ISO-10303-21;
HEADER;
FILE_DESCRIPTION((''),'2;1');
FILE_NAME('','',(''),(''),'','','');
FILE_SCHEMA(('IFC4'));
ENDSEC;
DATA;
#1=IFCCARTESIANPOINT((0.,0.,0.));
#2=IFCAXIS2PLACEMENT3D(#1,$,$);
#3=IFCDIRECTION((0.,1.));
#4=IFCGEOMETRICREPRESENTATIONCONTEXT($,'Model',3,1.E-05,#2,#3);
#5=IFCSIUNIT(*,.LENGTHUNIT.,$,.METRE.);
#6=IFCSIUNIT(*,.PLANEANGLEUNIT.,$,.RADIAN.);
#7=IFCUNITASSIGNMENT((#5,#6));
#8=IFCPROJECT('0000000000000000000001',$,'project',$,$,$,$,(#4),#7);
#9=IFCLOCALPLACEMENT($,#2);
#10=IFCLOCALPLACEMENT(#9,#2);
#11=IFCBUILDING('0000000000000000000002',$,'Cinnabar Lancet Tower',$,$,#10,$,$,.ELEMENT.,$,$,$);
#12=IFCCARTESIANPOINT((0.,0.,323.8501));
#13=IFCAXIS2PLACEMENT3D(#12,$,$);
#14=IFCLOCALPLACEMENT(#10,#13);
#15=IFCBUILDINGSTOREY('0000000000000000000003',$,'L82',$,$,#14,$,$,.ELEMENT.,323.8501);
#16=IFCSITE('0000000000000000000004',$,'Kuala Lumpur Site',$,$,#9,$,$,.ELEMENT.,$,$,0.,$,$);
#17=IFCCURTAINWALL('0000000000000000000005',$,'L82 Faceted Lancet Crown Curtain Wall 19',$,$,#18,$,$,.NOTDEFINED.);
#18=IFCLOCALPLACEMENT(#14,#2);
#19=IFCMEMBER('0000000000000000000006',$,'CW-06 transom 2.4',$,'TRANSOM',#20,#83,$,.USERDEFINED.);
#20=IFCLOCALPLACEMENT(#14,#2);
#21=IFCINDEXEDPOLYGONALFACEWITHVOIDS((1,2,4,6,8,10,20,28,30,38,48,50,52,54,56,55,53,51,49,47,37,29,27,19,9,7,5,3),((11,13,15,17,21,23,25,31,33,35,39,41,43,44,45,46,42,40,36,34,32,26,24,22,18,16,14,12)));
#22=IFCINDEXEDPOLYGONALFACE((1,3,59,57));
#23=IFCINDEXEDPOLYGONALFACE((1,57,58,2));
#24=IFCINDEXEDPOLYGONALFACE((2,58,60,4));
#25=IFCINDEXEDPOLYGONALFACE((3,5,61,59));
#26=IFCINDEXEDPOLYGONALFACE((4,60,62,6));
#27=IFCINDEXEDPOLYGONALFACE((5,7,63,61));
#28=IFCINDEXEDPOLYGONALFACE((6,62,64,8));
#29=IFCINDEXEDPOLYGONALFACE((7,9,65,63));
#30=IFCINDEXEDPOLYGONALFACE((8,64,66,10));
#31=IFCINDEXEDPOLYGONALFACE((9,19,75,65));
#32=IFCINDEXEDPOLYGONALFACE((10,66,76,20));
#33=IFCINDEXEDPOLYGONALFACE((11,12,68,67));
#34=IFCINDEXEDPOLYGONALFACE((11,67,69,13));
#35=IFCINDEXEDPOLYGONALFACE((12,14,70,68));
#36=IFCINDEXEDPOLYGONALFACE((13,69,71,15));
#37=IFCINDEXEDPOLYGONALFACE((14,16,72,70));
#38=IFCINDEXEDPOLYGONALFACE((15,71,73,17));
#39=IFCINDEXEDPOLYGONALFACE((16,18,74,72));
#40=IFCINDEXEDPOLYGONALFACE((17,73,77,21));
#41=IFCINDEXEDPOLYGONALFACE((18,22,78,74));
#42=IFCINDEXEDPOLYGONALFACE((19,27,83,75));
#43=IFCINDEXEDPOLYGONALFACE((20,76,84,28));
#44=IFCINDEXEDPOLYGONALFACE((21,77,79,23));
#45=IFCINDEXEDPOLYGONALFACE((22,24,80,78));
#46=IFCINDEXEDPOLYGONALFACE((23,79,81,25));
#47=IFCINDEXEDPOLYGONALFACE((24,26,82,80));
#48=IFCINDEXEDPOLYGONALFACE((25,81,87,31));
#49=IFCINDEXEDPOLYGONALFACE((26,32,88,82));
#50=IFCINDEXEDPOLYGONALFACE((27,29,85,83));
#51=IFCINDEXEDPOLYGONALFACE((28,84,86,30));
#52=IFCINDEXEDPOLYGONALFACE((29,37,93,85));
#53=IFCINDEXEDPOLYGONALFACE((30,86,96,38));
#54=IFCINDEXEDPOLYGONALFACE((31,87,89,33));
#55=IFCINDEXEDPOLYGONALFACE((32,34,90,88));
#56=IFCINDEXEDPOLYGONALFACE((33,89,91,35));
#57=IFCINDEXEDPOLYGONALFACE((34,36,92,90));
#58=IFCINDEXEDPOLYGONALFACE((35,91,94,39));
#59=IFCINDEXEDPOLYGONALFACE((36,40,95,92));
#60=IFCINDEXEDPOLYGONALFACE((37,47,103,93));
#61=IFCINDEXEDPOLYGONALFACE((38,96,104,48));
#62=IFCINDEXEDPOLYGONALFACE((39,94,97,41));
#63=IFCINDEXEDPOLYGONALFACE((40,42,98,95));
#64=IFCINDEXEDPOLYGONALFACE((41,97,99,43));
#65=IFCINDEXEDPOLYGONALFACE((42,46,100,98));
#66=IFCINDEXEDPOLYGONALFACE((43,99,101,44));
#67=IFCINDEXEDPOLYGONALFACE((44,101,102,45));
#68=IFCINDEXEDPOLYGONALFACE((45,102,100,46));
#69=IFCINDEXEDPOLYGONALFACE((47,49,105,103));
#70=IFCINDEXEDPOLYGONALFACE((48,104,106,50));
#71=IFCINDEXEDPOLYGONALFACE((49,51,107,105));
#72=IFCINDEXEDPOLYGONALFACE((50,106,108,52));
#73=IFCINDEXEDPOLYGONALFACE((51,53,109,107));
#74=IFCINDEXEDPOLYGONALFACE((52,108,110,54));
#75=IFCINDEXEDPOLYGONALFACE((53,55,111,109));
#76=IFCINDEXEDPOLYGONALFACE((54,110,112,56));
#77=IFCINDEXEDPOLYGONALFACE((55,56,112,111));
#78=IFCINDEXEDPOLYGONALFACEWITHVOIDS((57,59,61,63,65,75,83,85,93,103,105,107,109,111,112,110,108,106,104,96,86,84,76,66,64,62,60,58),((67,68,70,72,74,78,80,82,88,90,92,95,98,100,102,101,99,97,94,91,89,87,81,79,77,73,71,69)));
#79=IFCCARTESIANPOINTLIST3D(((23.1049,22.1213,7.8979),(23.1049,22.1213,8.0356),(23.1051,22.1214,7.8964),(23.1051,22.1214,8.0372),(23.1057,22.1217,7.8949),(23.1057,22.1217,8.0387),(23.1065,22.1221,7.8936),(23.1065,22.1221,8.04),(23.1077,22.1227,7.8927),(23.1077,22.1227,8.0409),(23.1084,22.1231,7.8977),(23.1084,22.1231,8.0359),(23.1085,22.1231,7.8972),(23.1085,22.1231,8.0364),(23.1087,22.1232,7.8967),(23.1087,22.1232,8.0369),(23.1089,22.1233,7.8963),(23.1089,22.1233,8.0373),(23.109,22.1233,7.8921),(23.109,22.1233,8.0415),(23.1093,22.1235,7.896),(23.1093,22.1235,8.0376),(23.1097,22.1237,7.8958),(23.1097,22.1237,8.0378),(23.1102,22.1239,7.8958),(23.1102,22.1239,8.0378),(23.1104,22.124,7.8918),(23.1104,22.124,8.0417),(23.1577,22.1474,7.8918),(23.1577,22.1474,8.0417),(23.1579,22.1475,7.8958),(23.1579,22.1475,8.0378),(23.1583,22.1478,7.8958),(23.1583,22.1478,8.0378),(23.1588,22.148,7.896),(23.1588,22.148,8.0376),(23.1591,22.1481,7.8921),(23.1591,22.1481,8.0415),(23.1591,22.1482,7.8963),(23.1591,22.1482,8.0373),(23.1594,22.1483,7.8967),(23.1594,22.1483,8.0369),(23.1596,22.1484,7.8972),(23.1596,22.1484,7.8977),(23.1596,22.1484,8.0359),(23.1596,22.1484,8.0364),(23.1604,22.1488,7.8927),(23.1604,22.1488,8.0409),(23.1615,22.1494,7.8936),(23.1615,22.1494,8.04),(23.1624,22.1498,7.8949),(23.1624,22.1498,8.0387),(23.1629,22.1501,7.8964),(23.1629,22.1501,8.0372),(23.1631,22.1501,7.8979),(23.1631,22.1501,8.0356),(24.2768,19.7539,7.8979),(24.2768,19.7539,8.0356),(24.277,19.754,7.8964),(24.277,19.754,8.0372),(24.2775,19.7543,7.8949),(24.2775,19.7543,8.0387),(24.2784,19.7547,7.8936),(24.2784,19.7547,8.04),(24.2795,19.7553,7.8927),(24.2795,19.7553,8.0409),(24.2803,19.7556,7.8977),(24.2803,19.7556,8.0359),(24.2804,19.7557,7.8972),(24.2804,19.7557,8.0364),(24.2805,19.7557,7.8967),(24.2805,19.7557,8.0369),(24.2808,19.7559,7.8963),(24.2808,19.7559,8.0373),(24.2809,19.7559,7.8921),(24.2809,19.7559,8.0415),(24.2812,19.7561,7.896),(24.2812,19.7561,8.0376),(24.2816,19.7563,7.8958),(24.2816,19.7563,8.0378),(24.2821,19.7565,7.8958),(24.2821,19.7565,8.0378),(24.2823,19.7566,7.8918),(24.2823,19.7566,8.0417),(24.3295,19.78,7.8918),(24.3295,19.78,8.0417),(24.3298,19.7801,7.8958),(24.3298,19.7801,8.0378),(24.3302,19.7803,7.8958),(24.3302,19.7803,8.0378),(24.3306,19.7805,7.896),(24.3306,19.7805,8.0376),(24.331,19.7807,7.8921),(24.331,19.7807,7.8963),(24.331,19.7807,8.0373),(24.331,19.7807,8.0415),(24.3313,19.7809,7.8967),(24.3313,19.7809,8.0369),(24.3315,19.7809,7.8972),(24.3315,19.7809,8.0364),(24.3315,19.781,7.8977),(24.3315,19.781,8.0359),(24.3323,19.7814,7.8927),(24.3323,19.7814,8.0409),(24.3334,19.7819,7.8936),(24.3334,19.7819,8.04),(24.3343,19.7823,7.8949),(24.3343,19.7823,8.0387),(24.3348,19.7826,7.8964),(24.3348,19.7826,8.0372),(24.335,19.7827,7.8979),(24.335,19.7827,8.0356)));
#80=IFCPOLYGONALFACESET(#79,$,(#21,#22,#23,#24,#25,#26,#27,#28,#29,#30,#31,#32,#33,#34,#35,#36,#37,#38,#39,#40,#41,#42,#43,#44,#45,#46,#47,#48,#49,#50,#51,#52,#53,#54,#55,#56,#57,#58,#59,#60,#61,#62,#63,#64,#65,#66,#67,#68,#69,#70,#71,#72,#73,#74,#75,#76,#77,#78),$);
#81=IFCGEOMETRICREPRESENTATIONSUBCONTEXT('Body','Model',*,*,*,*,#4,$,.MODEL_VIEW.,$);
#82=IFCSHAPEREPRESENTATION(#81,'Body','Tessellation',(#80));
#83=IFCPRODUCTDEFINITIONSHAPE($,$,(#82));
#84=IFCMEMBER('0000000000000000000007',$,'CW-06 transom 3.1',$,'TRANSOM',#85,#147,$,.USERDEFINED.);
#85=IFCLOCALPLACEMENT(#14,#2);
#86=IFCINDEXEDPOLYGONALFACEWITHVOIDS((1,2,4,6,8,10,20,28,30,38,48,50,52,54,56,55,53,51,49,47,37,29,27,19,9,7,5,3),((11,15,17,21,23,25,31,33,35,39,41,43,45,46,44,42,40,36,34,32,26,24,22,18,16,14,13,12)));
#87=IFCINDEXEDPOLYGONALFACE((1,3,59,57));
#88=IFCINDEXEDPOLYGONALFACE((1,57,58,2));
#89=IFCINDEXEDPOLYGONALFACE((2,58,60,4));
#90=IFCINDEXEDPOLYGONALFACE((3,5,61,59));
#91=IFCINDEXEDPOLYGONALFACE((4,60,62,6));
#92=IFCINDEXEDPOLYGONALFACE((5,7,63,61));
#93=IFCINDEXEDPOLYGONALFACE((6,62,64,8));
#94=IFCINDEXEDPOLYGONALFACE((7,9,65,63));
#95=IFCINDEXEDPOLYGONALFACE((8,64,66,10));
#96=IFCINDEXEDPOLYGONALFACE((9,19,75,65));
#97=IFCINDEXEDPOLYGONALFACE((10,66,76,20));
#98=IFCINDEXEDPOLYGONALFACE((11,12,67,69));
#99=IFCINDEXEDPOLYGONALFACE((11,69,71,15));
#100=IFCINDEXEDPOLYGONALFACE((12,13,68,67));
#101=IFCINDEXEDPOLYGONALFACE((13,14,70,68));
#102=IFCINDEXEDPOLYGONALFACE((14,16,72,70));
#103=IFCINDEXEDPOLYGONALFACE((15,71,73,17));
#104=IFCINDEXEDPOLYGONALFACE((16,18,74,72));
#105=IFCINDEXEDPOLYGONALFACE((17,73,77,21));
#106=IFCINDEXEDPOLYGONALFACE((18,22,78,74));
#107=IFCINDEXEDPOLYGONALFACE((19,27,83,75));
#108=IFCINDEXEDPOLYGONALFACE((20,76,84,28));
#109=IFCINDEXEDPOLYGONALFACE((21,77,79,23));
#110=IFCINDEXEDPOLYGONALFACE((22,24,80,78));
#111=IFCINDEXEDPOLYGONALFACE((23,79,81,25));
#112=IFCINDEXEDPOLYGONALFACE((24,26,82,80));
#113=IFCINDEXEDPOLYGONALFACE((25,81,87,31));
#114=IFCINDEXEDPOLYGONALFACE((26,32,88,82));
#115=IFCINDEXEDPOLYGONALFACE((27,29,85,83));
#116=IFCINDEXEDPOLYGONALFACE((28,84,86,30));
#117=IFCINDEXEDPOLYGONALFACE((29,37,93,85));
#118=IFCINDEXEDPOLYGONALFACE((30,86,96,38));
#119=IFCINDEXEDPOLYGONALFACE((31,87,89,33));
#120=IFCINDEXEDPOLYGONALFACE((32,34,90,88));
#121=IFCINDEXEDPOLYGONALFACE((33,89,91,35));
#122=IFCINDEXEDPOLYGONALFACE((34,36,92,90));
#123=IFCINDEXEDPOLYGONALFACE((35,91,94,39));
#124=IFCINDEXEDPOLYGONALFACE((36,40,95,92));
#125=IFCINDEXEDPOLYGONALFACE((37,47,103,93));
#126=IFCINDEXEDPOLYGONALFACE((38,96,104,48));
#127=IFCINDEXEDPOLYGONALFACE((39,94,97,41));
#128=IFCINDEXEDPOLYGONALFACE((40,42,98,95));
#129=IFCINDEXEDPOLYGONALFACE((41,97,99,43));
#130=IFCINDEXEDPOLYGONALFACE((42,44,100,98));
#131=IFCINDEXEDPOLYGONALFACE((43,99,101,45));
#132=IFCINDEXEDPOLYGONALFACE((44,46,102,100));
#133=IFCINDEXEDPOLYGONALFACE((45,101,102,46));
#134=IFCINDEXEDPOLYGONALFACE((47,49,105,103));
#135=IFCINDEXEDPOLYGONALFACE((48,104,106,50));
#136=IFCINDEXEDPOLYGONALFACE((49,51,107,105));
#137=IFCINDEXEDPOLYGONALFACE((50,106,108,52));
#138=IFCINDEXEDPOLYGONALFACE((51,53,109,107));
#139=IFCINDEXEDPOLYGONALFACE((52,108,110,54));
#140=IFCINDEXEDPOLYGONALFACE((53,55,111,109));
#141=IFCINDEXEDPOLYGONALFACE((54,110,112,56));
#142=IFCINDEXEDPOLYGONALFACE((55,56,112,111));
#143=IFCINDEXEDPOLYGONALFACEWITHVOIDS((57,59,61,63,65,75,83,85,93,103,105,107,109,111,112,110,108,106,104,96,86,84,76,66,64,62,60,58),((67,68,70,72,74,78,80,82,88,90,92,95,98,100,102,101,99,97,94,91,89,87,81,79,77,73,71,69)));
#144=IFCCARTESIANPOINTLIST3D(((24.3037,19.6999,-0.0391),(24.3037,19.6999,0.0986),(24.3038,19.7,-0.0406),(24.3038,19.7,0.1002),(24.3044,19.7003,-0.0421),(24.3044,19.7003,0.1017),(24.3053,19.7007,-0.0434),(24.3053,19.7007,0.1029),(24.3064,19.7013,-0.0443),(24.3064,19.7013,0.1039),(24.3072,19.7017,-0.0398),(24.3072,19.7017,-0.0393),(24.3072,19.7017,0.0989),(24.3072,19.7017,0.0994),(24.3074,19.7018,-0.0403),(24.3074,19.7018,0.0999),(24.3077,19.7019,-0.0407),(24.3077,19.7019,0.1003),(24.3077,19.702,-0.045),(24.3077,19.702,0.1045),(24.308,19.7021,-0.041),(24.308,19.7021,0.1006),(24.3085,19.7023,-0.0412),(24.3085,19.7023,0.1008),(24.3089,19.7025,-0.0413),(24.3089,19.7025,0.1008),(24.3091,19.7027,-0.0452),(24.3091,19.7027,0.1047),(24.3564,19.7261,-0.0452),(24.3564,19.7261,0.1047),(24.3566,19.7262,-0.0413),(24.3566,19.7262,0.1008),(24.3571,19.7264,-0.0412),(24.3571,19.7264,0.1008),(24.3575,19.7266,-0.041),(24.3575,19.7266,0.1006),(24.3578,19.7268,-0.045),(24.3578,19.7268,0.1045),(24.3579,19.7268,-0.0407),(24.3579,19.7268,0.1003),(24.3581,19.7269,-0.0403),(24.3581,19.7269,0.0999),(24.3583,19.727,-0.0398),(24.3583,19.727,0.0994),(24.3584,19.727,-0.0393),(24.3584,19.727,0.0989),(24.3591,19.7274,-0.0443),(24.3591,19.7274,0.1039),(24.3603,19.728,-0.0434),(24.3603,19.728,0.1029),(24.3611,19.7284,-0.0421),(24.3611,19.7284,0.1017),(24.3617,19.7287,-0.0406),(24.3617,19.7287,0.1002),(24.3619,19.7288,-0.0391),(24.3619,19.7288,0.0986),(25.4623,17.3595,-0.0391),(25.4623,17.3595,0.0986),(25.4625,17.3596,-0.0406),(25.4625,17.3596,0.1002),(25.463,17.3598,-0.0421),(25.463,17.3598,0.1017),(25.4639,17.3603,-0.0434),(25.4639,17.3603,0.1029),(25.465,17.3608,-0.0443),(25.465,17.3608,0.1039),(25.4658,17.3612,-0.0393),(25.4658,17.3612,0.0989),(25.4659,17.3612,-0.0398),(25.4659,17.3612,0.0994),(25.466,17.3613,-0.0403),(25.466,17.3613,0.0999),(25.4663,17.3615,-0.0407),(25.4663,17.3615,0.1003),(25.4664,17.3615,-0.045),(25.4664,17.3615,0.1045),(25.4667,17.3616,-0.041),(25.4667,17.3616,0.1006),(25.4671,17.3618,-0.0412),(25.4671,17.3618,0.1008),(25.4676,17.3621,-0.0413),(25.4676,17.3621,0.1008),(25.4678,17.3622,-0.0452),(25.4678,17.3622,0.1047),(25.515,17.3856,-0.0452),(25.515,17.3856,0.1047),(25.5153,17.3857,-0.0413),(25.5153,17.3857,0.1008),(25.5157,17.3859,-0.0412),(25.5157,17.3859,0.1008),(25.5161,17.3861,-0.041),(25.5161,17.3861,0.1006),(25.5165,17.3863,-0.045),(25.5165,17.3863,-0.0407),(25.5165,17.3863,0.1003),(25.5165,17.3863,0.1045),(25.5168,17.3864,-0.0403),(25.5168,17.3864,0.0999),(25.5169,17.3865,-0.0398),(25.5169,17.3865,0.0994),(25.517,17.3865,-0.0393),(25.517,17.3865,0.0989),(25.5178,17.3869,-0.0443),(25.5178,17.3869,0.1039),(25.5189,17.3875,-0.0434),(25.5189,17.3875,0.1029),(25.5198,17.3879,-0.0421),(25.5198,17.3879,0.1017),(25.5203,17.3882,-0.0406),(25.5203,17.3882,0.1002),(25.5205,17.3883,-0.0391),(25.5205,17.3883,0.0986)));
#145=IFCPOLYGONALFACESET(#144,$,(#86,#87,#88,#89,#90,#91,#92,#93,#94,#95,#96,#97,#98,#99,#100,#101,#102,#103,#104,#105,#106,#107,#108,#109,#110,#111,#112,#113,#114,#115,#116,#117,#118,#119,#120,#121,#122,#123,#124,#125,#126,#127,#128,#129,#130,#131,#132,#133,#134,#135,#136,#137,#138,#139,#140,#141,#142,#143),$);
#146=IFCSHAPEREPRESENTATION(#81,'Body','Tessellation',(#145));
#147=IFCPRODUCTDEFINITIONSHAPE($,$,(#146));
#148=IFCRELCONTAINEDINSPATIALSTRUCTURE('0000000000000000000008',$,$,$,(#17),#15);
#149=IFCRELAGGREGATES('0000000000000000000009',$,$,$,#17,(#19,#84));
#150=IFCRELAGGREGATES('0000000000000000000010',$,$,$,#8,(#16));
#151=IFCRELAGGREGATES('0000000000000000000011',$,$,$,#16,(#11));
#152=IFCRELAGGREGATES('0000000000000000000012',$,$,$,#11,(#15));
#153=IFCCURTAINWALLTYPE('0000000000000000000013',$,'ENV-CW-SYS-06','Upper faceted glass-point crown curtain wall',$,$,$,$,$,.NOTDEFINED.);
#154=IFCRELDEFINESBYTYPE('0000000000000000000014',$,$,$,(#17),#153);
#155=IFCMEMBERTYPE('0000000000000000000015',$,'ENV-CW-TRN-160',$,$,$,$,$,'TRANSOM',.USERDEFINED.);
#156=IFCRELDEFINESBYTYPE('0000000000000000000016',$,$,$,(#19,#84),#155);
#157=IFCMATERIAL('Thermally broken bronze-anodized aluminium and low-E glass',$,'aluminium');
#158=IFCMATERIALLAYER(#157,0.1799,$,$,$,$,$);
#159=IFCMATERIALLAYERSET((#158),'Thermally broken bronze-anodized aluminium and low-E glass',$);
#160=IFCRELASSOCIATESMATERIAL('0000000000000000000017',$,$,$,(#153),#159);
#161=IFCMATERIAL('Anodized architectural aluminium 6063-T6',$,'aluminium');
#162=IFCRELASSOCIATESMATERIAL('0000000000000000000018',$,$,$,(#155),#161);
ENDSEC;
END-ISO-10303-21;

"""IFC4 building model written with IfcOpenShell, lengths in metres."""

from ifc_helpers import new_model, si_unit, direction, frame, origin, origin_2d, place, context, subcontext, project, spatial, hollow_rectangle, extrude, material, layer, layer_set, material_profile, profile_set, type_object, element, aggregate, save


model = new_model("IFC4")

# Units and contexts
model_context = context("Model", 3, precision=1e-05, world=origin(), true_north=direction((0.0, 1.0)))
body_context = subcontext(model_context, "Body", "Model", "MODEL_VIEW")
ifc_project = project(units=[si_unit("LENGTHUNIT", "METRE"), si_unit("PLANEANGLEUNIT", "RADIAN")], contexts=[model_context])

# Site, building, storey
site_placement = place(None, origin())
site = spatial("IfcSite", under=ifc_project, at=site_placement, Name="Kuala Lumpur Site", CompositionType="ELEMENT", RefElevation=0.0)
building_placement = place(site_placement, origin())
building = spatial("IfcBuilding", under=site, at=building_placement, Name="Cinnabar Lancet Tower", CompositionType="ELEMENT")
storey_placement = place(building_placement, frame((0.0, 0.0, 323.8501)))
storey = spatial("IfcBuildingStorey", under=building, at=storey_placement, Name="L82", CompositionType="ELEMENT", Elevation=323.8501)

# Curtain wall
ifc_material_1 = material(Name="Thermally broken bronze-anodized aluminium and low-E glass", Category="aluminium")
ifc_layer_1 = layer(ifc_material_1, 0.1799)
ifc_layer_set_1 = layer_set([ifc_layer_1], Name="Thermally broken bronze-anodized aluminium and low-E glass")
curtain_wall_type = type_object("IfcCurtainWallType", Name="ENV-CW-SYS-06", Description="Upper faceted glass-point crown curtain wall", PredefinedType="NOTDEFINED", material=ifc_layer_set_1)
curtain_wall_1_placement = place(storey_placement, origin())
curtain_wall_1 = element("IfcCurtainWall", 1, at=curtain_wall_1_placement, inside=storey, type_object=curtain_wall_type, Name="L82 Faceted Lancet Crown Curtain Wall 19", PredefinedType="NOTDEFINED")

# Members
ifc_material_2 = material(Name="Anodized architectural aluminium 6063-T6", Category="aluminium")
ifc_material_profile_1 = material_profile(ifc_material_2, hollow_rectangle(XDim=0.0649, YDim=0.1499, WallThickness=0.0039, InnerFilletRadius=0.002, OuterFilletRadius=0.0061, at=origin_2d()), Name="CW-TRN 150x65x4")
ifc_profile_set_1 = profile_set([ifc_material_profile_1], Name="Anodized architectural aluminium 6063-T6")
member_type_1 = type_object("IfcMemberType", Name="ENV-CW-TRN-160", ElementType="TRANSOM", PredefinedType="USERDEFINED", material=ifc_profile_set_1)
member_1_placement = place(storey_placement, frame((23.134, 22.1357, 7.9668), z_axis=(0.443624, -0.896213, 0.0), x_axis=(0.896213, 0.443624, 0.0)))
member_1 = element("IfcMember", 2, at=member_1_placement, type_object=member_type_1, Name="CW-06 transom 2.4", ObjectType="TRANSOM", PredefinedType="USERDEFINED", context=body_context, shape_type="SweptSolid", body=[
    extrude(hollow_rectangle(XDim=0.0649, YDim=0.1499, WallThickness=0.0039, InnerFilletRadius=0.002, OuterFilletRadius=0.0061, at=origin_2d()), origin(), (0.0, 0.0, 1.0), 2.6416),
])
member_2_placement = place(storey_placement, frame((24.3328, 19.7144, 0.0298), z_axis=(0.443658, -0.896196, 0.0), x_axis=(0.896196, 0.443658, 0.0)))
member_2 = element("IfcMember", 3, at=member_2_placement, type_object=member_type_1, Name="CW-06 transom 3.1", ObjectType="TRANSOM", PredefinedType="USERDEFINED", context=body_context, shape_type="SweptSolid", body=[
    extrude(hollow_rectangle(XDim=0.0649, YDim=0.1499, WallThickness=0.0039, InnerFilletRadius=0.002, OuterFilletRadius=0.0061, at=origin_2d()), origin(), (0.0, 0.0, 1.0), 2.6116),
])

aggregate(curtain_wall_1, [member_1, member_2])

save(model, "model.ifc")
